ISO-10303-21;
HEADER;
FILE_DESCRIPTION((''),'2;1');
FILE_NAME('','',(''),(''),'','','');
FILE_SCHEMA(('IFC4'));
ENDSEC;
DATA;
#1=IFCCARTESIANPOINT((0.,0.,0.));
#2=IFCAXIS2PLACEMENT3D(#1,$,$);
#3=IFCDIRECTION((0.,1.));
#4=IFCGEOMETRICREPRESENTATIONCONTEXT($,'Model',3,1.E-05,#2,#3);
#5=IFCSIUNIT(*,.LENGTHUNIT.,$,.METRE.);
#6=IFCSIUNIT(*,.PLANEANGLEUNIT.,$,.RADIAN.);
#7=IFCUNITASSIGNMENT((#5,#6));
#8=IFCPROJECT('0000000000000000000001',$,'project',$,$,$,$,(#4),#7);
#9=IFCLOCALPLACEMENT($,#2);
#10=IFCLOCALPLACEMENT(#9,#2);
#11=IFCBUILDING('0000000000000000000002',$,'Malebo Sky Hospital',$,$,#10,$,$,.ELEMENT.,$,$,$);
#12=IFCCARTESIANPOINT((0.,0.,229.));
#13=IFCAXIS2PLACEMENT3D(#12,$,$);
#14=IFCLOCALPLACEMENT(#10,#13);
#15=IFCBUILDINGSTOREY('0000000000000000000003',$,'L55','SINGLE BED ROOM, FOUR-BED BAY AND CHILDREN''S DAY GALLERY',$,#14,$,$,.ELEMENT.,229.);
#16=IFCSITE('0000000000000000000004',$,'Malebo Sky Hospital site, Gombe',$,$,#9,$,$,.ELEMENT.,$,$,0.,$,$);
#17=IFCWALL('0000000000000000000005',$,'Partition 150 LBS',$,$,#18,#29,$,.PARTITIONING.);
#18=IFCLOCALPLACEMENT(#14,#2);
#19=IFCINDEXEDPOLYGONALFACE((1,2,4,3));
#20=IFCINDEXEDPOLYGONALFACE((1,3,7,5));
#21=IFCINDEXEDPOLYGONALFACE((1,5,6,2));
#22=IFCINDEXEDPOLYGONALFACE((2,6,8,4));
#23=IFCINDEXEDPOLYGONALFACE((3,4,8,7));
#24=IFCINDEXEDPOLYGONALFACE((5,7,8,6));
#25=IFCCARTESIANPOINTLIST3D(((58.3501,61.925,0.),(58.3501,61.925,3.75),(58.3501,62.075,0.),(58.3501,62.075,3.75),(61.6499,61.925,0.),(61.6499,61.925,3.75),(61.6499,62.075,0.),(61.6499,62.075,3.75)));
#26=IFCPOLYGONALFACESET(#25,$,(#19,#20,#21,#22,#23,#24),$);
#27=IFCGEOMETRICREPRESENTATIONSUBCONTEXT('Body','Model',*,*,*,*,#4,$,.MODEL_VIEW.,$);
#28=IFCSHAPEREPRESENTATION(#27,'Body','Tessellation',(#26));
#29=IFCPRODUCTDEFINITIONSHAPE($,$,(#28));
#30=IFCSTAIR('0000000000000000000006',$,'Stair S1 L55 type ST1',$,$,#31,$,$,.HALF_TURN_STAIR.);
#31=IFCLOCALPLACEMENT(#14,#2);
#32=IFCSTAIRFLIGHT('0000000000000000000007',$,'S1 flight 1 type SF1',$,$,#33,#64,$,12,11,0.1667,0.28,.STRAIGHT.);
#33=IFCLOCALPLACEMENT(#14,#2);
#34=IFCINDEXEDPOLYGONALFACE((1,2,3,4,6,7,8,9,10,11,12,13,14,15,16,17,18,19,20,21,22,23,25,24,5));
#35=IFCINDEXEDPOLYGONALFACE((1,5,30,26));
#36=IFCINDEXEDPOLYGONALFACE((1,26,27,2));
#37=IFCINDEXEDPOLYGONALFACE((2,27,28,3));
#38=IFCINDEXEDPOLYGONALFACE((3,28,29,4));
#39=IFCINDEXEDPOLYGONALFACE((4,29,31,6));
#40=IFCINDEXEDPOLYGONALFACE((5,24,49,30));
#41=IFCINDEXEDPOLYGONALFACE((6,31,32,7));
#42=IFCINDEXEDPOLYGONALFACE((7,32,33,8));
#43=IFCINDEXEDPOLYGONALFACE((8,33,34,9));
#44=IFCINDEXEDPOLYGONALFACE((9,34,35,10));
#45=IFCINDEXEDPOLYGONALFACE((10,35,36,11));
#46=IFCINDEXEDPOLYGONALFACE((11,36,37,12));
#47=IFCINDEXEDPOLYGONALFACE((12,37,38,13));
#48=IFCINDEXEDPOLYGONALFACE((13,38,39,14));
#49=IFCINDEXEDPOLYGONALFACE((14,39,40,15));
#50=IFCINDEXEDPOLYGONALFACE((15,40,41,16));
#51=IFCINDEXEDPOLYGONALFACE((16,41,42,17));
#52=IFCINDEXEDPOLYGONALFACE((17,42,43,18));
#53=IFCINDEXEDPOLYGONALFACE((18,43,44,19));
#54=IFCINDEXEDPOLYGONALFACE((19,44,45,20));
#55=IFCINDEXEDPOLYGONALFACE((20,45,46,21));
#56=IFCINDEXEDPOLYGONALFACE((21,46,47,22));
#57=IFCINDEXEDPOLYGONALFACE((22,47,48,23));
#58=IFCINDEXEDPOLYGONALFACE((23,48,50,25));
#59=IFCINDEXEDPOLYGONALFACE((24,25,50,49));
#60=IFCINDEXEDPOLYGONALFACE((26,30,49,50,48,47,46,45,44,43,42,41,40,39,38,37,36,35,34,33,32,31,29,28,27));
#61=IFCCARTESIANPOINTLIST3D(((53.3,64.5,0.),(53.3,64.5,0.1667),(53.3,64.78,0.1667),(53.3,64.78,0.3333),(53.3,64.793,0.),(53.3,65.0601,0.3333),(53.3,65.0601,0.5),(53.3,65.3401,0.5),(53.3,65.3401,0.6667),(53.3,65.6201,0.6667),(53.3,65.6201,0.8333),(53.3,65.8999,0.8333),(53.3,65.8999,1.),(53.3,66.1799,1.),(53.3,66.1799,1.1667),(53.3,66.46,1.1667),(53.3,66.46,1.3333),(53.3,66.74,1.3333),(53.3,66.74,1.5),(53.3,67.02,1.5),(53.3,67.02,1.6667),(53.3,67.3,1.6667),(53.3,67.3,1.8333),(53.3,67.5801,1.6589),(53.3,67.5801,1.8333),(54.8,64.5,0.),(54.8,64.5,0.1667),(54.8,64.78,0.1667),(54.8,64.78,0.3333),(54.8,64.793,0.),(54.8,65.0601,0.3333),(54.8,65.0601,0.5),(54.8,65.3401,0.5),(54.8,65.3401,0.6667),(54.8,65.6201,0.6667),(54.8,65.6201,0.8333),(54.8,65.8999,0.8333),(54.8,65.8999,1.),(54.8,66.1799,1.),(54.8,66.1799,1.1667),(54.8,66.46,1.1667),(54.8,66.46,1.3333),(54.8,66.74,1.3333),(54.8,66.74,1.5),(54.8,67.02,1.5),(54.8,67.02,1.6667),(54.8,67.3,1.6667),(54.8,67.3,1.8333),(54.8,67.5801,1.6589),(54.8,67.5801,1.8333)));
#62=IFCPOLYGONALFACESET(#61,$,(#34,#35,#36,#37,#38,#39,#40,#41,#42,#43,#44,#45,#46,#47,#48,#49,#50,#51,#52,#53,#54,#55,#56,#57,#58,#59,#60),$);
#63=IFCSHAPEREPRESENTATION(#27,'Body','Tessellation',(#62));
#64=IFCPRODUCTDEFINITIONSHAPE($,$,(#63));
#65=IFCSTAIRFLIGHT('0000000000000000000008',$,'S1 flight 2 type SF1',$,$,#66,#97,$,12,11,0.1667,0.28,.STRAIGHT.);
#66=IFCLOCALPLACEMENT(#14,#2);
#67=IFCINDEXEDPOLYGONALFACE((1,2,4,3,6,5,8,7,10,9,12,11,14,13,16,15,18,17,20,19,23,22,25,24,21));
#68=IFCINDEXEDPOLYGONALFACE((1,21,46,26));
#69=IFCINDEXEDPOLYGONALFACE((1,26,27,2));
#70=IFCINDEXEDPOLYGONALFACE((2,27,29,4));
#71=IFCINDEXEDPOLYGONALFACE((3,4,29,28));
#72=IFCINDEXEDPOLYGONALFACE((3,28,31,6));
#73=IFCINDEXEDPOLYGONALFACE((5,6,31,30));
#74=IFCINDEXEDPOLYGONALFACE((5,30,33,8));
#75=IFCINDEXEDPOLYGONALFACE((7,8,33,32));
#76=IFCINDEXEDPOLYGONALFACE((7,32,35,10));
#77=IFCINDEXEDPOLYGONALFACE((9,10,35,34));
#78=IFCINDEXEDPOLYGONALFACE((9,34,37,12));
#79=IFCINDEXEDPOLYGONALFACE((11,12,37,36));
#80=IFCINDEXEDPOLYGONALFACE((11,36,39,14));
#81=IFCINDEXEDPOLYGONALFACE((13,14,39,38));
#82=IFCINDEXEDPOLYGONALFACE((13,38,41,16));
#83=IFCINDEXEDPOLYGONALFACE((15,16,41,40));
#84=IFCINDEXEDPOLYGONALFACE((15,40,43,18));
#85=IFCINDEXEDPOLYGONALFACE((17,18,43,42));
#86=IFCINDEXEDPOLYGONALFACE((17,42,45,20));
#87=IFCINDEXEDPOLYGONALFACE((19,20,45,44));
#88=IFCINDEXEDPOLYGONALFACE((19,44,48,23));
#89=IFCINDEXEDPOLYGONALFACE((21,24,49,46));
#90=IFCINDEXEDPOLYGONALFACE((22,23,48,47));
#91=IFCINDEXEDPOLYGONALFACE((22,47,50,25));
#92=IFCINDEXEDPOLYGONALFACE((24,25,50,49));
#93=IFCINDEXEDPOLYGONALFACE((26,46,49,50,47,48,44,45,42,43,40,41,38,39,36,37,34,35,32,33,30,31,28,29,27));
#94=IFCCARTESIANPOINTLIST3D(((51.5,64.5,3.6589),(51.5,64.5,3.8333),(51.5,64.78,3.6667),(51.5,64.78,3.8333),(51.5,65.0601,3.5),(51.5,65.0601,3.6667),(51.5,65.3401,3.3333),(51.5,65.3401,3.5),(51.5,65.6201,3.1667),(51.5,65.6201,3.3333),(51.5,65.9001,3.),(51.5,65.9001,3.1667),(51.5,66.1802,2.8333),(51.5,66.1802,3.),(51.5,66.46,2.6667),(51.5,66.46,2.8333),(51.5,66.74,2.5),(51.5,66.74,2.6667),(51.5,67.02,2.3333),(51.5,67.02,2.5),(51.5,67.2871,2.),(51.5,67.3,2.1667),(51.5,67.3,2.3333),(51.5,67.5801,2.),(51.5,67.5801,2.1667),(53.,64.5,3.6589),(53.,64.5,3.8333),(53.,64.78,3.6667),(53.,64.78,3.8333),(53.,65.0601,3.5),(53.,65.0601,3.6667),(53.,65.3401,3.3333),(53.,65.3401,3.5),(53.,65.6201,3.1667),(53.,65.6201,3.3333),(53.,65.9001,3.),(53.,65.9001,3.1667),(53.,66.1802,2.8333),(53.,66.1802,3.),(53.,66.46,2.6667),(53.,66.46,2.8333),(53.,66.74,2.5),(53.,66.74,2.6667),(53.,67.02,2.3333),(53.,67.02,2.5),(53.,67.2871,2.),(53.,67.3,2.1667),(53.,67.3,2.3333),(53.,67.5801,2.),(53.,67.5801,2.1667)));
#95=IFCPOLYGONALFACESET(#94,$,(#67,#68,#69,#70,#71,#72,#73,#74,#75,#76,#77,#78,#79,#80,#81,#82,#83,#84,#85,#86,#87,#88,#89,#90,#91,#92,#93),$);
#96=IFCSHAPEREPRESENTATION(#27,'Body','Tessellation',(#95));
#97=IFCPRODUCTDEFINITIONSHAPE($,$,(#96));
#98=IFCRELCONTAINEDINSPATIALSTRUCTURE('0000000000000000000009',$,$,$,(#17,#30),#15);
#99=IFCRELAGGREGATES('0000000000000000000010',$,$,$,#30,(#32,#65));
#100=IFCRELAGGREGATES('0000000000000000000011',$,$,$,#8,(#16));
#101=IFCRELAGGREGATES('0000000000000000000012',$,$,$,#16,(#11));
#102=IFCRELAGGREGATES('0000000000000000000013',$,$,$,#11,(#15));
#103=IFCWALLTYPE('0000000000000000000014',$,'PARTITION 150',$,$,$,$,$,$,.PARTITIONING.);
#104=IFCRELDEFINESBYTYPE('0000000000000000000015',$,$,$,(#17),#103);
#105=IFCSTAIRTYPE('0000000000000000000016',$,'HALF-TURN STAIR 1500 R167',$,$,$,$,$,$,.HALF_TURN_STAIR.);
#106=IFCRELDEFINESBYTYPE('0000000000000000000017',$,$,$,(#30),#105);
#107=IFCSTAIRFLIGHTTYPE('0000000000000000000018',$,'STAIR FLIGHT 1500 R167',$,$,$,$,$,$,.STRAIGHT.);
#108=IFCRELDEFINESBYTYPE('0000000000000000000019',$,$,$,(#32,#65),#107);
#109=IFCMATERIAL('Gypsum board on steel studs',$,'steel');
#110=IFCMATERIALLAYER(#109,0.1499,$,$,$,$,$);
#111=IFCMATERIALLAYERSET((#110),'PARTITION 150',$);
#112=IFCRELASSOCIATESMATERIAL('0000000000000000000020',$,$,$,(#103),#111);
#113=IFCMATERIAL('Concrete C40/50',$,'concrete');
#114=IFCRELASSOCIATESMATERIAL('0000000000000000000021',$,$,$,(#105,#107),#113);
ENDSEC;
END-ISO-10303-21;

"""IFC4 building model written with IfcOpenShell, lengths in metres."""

from ifc_helpers import new_model, si_unit, direction, frame, frame_2d, origin, place, context, subcontext, project, spatial, polyline, rectangle, outline, extrude, material, layer, layer_set, type_object, element, aggregate, save


model = new_model("IFC4")

# Units and contexts
model_context = context("Model", 3, precision=1e-05, world=origin(), true_north=direction((0.0, 1.0)))
body_context = subcontext(model_context, "Body", "Model", "MODEL_VIEW")
ifc_project = project(units=[si_unit("LENGTHUNIT", "METRE"), si_unit("PLANEANGLEUNIT", "RADIAN")], contexts=[model_context])

# Site, building, storey
site_placement = place(None, origin())
site = spatial("IfcSite", under=ifc_project, at=site_placement, Name="Malebo Sky Hospital site, Gombe", CompositionType="ELEMENT", RefElevation=0.0)
building_placement = place(site_placement, origin())
building = spatial("IfcBuilding", under=site, at=building_placement, Name="Malebo Sky Hospital", CompositionType="ELEMENT")
storey_placement = place(building_placement, frame((0.0, 0.0, 229.0)))
storey = spatial("IfcBuildingStorey", under=building, at=storey_placement, Name="L55", Description="SINGLE BED ROOM, FOUR-BED BAY AND CHILDREN'S DAY GALLERY", CompositionType="ELEMENT", Elevation=229.0)

# Shared definitions
ifc_material_1 = material(Name="Gypsum board on steel studs", Category="steel")
ifc_layer_1 = layer(ifc_material_1, 0.1499)
ifc_layer_set_1 = layer_set([ifc_layer_1], Name="PARTITION 150")
wall_type_1 = type_object("IfcWallType", Name="PARTITION 150", PredefinedType="PARTITIONING", material=ifc_layer_set_1)

# Wall
wall_1_placement = place(storey_placement, frame((58.3501, 62.0, 0.0), z_axis=(0.0, 0.0, 1.0), x_axis=(1.0, 0.0, 0.0)))
element("IfcWall", 1, at=wall_1_placement, inside=storey, type_object=wall_type_1, Name="Partition 150 LBS", PredefinedType="PARTITIONING", context=body_context, shape_type="SweptSolid", body=[
    extrude(rectangle(XDim=3.2998, YDim=0.1499, at=frame_2d((1.6499, 0.0))), origin(), (0.0, 0.0, 1.0), 3.75),
])

# Stair, stair flights
ifc_material_2 = material(Name="Concrete C40/50", Category="concrete")
stair_type = type_object("IfcStairType", Name="HALF-TURN STAIR 1500 R167", PredefinedType="HALF_TURN_STAIR", material=ifc_material_2)
stair_placement = place(storey_placement, origin())
stair = element("IfcStair", 2, at=stair_placement, inside=storey, type_object=stair_type, Name="Stair S1 L55 type ST1", PredefinedType="HALF_TURN_STAIR")
stair_flight_type = type_object("IfcStairFlightType", Name="STAIR FLIGHT 1500 R167", PredefinedType="STRAIGHT", material=ifc_material_2)
stair_flight_1_placement = place(storey_placement, frame((54.05, 64.5, 0.0), z_axis=(0.0, 0.0, 1.0), x_axis=(0.0, 1.0, 0.0)))
stair_flight_1 = element("IfcStairFlight", 3, at=stair_flight_1_placement, type_object=stair_flight_type, Name="S1 flight 1 type SF1", NumberOfRisers=12, NumberOfTreads=11, PredefinedType="STRAIGHT", RiserHeight=0.1667, TreadLength=0.28, context=body_context, shape_type="SweptSolid", body=[
    extrude(outline(polyline([(0.0, 0.0), (0.0, 0.1667), (0.28, 0.1667), (0.28, 0.3333), (0.5601, 0.3333), (0.5601, 0.5), (0.8401, 0.5), (0.8401, 0.6667), (1.1201, 0.6667), (1.1201, 0.8333), (1.3999, 0.8333), (1.3999, 1.0), (1.6799, 1.0), (1.6799, 1.1667), (1.96, 1.1667), (1.96, 1.3333), (2.24, 1.3333), (2.24, 1.5), (2.52, 1.5), (2.52, 1.6667), (2.8, 1.6667), (2.8, 1.8333), (3.0801, 1.8333), (3.0801, 2.0), (3.0801, 1.6589), (0.293, 0.0), (0.0, 0.0)])), frame((0.0, 0.75, 0.0), z_axis=(0.0, -1.0, 0.0), x_axis=(1.0, 0.0, 0.0)), (0.0, 0.0, 1.0), 1.5),
])
stair_flight_2_placement = place(storey_placement, frame((52.25, 67.5801, 2.0), z_axis=(0.0, 0.0, 1.0), x_axis=(0.0, -1.0, 0.0)))
stair_flight_2 = element("IfcStairFlight", 4, at=stair_flight_2_placement, type_object=stair_flight_type, Name="S1 flight 2 type SF1", NumberOfRisers=12, NumberOfTreads=11, PredefinedType="STRAIGHT", RiserHeight=0.1667, TreadLength=0.28, context=body_context, shape_type="SweptSolid", body=[
    extrude(outline(polyline([(0.0, 0.0), (0.0, 0.1667), (0.28, 0.1667), (0.28, 0.3333), (0.5601, 0.3333), (0.5601, 0.5), (0.8401, 0.5), (0.8401, 0.6667), (1.1201, 0.6667), (1.1201, 0.8333), (1.3999, 0.8333), (1.3999, 1.0), (1.6799, 1.0), (1.6799, 1.1667), (1.96, 1.1667), (1.96, 1.3333), (2.24, 1.3333), (2.24, 1.5), (2.52, 1.5), (2.52, 1.6667), (2.8, 1.6667), (2.8, 1.8333), (3.0801, 1.8333), (3.0801, 2.0), (3.0801, 1.6589), (0.293, 0.0), (0.0, 0.0)])), frame((0.0, 0.75, 0.0), z_axis=(0.0, -1.0, 0.0), x_axis=(1.0, 0.0, 0.0)), (0.0, 0.0, 1.0), 1.5),
])
aggregate(stair, [stair_flight_1, stair_flight_2])

save(model, "model.ifc")
